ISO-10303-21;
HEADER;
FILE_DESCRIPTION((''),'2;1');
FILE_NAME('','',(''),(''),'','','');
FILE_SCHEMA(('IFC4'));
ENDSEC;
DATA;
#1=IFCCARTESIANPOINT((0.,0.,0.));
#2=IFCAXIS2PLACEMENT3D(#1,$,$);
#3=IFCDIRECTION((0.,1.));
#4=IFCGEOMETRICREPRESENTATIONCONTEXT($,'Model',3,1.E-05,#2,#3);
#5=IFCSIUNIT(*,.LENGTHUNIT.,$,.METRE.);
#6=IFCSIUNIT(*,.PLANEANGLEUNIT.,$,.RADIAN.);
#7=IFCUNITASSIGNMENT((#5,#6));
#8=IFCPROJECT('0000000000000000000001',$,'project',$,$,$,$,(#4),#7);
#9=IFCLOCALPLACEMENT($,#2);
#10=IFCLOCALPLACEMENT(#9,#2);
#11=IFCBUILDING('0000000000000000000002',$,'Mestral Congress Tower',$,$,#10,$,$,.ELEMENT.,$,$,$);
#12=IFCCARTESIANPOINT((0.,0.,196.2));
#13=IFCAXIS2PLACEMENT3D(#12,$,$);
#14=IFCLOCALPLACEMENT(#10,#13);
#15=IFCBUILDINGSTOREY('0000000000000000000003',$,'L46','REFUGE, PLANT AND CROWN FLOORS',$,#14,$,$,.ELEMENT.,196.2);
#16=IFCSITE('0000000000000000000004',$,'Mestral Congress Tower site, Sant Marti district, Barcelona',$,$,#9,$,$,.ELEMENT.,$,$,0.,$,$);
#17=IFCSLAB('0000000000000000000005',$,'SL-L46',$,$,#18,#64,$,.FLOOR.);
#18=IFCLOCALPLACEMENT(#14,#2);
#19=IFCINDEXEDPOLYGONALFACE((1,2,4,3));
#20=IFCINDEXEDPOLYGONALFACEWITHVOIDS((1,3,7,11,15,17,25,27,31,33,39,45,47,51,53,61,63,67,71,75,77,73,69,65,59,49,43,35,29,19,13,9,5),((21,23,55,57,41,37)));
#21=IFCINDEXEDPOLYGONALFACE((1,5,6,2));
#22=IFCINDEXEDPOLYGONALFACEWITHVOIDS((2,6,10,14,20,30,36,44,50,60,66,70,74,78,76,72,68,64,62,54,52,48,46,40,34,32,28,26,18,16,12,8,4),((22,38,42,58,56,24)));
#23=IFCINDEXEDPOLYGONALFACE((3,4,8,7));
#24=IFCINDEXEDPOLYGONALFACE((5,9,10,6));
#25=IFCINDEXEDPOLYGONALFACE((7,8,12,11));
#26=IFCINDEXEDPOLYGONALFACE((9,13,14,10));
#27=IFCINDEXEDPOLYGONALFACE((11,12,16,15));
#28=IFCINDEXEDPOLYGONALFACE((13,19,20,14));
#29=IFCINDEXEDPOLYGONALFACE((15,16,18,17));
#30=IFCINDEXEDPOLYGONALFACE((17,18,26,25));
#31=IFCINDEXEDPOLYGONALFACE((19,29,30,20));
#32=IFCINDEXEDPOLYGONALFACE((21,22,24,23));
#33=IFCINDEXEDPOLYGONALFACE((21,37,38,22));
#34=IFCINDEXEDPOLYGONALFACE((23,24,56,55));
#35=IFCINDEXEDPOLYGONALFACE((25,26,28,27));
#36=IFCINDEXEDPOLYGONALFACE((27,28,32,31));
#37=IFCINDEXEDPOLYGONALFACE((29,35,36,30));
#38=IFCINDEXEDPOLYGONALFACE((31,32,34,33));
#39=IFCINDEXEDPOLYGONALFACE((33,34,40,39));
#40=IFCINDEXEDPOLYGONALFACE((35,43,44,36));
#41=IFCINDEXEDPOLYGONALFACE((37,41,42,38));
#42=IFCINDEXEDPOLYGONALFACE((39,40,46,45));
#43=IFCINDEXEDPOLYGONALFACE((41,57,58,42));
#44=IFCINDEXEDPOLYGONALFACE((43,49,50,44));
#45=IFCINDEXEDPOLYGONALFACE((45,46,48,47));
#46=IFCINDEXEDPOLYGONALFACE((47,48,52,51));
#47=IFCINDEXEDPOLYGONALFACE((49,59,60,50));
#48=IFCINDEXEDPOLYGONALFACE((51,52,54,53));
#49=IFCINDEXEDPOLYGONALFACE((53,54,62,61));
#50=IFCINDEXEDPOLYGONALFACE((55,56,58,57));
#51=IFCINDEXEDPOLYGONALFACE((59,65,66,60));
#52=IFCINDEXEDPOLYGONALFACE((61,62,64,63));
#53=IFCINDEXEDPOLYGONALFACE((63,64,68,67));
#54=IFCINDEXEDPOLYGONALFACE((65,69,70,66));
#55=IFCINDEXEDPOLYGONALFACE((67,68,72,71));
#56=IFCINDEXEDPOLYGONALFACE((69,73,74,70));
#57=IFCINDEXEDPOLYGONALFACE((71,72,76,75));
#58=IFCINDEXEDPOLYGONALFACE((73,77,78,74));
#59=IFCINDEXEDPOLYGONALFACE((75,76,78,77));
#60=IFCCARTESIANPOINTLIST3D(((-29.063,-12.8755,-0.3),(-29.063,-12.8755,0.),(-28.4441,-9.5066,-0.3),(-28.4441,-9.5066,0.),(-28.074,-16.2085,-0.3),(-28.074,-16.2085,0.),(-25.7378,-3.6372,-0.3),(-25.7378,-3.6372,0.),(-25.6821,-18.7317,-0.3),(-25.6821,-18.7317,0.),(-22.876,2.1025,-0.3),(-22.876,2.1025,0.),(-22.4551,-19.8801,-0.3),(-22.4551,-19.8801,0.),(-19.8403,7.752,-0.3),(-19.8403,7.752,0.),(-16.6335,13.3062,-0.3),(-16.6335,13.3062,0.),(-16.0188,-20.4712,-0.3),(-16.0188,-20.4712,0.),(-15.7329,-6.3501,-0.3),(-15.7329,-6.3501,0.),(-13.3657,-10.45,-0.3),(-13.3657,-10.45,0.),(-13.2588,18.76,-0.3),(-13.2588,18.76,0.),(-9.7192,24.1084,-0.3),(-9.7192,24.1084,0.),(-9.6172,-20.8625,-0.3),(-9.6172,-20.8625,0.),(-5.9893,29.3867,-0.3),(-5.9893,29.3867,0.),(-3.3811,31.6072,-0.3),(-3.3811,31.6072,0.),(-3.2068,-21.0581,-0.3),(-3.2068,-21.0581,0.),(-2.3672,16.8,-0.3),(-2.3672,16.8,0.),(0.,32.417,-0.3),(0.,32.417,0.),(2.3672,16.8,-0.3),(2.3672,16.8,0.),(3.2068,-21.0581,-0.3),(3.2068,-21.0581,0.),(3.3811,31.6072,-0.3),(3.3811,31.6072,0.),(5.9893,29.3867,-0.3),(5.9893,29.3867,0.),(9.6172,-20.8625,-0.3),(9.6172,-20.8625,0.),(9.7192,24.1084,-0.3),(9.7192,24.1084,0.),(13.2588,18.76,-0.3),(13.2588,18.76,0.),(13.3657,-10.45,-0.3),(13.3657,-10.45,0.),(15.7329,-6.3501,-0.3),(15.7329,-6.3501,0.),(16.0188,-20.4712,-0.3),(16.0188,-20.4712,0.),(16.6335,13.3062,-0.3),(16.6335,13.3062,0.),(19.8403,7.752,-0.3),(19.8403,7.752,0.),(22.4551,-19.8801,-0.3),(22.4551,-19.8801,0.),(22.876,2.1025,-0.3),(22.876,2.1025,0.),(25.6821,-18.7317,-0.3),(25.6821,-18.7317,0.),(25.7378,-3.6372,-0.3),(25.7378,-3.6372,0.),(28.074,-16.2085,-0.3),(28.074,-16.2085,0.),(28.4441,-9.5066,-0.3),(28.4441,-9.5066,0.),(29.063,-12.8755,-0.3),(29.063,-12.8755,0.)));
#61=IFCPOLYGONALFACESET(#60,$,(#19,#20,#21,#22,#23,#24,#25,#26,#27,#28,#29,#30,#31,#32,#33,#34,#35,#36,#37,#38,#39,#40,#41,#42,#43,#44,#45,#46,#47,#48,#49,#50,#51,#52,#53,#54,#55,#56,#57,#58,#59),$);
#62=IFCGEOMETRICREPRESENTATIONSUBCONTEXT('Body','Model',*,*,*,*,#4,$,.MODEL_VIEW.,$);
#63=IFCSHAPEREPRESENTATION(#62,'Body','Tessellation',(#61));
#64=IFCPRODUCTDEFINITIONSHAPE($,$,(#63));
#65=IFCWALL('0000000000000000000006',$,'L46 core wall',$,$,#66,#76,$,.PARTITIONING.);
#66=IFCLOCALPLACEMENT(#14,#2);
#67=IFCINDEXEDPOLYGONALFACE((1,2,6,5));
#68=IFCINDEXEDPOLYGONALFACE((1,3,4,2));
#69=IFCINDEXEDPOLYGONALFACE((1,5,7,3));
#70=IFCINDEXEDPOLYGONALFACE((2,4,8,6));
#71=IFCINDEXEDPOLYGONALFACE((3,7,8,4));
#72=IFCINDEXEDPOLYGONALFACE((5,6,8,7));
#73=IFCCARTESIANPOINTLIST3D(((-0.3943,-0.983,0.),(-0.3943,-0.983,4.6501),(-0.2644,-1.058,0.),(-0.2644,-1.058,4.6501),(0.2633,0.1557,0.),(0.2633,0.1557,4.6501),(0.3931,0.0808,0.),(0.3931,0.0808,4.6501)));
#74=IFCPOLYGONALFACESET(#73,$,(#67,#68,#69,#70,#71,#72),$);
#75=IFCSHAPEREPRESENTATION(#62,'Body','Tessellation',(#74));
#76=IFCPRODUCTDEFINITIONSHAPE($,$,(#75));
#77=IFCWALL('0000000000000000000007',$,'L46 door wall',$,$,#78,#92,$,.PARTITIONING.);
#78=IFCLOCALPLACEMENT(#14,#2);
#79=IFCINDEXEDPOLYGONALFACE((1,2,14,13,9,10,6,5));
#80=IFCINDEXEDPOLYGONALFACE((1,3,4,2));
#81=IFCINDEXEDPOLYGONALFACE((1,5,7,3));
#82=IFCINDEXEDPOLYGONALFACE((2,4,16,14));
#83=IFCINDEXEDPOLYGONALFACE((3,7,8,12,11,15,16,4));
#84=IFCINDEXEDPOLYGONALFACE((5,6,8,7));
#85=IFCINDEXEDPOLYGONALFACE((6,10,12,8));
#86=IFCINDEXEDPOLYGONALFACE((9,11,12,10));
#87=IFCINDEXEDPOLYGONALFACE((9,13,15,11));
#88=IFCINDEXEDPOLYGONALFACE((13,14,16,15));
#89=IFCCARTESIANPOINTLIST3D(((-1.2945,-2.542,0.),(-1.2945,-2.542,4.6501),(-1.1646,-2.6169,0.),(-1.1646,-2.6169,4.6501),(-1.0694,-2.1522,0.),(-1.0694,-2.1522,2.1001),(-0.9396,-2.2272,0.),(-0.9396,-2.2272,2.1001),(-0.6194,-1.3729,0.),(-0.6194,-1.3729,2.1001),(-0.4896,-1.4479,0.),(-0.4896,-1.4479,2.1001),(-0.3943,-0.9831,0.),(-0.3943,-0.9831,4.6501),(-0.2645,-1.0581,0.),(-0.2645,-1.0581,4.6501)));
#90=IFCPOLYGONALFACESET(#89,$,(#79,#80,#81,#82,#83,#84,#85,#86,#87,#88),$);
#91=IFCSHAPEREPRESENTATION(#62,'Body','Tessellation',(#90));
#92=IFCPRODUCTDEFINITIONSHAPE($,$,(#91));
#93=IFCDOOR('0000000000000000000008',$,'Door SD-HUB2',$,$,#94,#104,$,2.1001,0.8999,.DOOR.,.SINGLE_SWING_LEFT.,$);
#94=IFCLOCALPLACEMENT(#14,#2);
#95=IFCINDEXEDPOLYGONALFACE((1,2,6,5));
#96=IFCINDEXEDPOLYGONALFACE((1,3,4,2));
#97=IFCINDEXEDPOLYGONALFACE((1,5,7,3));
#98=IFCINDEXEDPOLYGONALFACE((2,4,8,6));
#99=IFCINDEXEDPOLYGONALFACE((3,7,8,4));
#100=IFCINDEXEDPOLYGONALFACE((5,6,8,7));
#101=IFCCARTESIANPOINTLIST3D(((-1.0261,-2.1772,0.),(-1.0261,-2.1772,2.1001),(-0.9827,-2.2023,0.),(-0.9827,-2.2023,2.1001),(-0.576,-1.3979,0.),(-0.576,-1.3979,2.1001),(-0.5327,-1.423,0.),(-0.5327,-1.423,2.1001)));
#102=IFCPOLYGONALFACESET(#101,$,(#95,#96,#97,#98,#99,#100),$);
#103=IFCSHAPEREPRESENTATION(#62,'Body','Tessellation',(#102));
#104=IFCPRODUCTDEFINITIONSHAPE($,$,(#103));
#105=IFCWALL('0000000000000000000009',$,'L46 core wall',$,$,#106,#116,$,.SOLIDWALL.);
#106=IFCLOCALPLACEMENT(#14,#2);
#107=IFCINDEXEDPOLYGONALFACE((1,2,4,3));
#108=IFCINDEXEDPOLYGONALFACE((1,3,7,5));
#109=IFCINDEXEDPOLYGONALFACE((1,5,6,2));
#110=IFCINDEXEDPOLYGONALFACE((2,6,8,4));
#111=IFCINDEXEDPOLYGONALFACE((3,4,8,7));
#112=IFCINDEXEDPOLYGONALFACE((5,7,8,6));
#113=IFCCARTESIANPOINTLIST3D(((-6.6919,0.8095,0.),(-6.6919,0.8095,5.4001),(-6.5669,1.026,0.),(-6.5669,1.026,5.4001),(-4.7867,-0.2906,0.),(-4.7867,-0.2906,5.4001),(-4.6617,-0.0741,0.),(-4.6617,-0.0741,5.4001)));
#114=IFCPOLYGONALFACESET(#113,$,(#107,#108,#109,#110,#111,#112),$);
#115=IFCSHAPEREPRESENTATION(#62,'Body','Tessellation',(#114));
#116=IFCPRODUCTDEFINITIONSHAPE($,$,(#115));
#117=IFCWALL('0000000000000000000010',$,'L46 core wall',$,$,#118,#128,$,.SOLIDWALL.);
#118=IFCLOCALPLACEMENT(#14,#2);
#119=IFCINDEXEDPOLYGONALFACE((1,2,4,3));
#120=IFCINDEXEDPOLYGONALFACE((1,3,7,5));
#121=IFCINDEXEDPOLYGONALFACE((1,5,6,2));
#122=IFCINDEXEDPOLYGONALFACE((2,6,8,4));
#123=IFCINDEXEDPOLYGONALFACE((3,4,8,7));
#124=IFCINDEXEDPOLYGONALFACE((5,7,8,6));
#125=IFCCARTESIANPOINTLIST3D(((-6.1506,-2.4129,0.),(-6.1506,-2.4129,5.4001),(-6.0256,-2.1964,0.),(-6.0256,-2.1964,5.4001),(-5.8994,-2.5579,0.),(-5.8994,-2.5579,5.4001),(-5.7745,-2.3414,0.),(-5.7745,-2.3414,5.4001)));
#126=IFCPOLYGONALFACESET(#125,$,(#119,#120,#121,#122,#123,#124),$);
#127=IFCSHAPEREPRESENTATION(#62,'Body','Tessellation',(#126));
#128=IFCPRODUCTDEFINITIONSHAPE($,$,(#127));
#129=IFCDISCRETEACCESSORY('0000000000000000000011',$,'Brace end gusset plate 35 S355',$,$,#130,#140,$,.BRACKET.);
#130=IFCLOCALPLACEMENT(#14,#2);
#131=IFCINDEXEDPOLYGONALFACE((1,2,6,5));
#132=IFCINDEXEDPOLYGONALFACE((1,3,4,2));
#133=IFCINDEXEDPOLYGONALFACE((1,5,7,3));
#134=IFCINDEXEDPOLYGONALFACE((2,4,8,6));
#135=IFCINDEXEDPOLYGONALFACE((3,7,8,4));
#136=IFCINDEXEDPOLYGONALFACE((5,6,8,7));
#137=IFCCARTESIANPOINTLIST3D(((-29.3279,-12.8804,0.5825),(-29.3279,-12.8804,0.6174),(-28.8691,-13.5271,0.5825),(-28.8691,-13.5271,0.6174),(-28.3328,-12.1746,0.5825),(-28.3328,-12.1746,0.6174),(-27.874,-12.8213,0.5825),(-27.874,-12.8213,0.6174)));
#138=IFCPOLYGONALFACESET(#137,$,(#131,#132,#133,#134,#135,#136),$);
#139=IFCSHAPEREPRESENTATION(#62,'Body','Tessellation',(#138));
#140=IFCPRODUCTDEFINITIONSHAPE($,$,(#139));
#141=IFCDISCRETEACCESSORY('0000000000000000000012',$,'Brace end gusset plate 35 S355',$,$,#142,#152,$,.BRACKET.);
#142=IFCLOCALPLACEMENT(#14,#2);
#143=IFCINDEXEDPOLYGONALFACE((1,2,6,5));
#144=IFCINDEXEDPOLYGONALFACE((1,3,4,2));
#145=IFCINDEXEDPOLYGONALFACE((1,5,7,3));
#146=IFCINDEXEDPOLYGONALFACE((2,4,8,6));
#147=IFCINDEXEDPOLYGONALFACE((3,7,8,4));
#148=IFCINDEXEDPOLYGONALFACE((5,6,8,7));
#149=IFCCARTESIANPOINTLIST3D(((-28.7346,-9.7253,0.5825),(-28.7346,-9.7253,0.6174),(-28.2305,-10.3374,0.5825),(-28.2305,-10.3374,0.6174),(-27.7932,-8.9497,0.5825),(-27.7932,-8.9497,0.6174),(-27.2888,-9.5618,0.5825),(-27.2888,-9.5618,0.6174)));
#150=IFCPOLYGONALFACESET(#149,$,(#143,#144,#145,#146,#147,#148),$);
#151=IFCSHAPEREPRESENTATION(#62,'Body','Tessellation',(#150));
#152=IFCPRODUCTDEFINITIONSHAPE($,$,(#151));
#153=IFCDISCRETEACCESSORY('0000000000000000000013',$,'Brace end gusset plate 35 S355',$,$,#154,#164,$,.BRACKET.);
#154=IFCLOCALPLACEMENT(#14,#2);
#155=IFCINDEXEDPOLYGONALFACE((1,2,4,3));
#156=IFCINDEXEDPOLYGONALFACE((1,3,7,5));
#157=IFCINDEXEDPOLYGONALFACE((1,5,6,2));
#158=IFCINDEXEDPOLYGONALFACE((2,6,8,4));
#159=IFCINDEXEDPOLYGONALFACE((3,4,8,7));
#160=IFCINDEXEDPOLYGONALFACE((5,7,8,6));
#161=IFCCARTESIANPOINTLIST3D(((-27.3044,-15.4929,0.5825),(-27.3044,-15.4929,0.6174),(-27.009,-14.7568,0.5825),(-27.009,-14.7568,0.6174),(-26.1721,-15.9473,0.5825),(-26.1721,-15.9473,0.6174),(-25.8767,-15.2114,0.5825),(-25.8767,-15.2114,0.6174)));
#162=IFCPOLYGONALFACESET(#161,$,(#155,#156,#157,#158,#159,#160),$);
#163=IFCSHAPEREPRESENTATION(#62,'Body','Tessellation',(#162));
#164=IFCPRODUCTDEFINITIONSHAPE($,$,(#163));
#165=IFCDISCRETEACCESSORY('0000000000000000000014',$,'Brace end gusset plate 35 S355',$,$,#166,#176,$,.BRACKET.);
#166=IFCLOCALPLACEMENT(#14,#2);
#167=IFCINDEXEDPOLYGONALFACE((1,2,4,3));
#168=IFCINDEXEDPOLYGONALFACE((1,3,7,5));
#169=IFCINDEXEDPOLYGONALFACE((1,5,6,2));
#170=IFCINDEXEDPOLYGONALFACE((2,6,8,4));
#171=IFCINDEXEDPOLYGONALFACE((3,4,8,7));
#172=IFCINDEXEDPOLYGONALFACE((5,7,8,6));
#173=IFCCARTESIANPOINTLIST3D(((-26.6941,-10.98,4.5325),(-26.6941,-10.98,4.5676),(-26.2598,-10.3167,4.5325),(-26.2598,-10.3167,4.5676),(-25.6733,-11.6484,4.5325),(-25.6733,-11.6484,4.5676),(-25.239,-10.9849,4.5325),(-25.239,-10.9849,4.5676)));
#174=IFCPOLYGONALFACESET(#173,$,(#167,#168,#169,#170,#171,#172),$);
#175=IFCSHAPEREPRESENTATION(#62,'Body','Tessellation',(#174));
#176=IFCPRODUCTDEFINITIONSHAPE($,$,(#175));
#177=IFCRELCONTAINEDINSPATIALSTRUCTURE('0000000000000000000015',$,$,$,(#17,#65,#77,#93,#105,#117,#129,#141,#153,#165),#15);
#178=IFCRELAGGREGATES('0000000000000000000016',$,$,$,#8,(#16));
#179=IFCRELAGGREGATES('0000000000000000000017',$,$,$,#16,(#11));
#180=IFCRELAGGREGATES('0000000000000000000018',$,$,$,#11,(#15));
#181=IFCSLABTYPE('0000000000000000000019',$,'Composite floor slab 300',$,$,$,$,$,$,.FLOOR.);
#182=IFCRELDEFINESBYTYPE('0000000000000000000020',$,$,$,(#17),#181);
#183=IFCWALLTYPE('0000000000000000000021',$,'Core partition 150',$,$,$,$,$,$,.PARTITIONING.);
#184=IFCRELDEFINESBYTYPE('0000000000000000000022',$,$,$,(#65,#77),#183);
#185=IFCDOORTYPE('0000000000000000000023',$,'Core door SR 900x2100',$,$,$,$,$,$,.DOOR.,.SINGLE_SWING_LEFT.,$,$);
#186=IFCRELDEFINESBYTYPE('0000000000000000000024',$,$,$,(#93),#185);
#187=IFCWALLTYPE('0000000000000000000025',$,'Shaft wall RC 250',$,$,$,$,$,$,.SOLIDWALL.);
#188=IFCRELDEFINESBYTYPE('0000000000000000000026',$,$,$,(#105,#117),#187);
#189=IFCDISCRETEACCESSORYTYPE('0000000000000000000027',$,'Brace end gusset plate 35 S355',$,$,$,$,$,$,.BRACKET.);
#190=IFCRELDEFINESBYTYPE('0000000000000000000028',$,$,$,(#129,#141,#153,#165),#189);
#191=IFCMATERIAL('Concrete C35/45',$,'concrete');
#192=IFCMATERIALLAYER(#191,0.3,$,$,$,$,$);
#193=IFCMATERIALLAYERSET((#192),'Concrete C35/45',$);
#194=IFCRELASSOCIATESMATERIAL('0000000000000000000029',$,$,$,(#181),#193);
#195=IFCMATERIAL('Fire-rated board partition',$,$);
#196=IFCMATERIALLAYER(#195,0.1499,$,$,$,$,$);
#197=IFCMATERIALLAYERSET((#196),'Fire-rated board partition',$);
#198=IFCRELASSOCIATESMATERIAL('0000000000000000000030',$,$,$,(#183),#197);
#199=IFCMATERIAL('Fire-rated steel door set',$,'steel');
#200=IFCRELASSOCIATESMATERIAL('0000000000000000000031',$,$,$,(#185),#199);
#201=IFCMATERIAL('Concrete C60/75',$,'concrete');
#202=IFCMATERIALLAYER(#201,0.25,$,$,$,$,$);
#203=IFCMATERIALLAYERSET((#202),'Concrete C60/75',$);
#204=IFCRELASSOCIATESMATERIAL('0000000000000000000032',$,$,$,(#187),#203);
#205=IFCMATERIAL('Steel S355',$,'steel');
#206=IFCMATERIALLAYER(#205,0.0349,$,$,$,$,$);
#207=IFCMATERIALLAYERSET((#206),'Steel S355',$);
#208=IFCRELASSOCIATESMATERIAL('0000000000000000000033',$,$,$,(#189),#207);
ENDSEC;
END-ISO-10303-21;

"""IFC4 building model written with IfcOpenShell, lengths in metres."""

from ifc_helpers import new_model, si_unit, direction, frame, frame_2d, origin, place, context, subcontext, project, spatial, polyline, rectangle, outline, extrude, material, layer, layer_set, type_object, element, fill, save


model = new_model("IFC4")

# Units and contexts
model_context = context("Model", 3, precision=1e-05, world=origin(), true_north=direction((0.0, 1.0)))
body_context = subcontext(model_context, "Body", "Model", "MODEL_VIEW")
ifc_project = project(units=[si_unit("LENGTHUNIT", "METRE"), si_unit("PLANEANGLEUNIT", "RADIAN")], contexts=[model_context])

# Site, building, storey
site_placement = place(None, origin())
site = spatial("IfcSite", under=ifc_project, at=site_placement, Name="Mestral Congress Tower site, Sant Marti district, Barcelona", CompositionType="ELEMENT", RefElevation=0.0)
building_placement = place(site_placement, origin())
building = spatial("IfcBuilding", under=site, at=building_placement, Name="Mestral Congress Tower", CompositionType="ELEMENT")
storey_placement = place(building_placement, frame((0.0, 0.0, 196.2)))
storey = spatial("IfcBuildingStorey", under=building, at=storey_placement, Name="L46", Description="REFUGE, PLANT AND CROWN FLOORS", CompositionType="ELEMENT", Elevation=196.2)

# Slab
ifc_material_1 = material(Name="Concrete C35/45", Category="concrete")
ifc_layer_1 = layer(ifc_material_1, 0.3)
ifc_layer_set_1 = layer_set([ifc_layer_1], Name="Concrete C35/45")
slab_type = type_object("IfcSlabType", Name="Composite floor slab 300", PredefinedType="FLOOR", material=ifc_layer_set_1)
slab_placement = place(storey_placement, frame((0.0, 0.0, -0.3)))
element("IfcSlab", 1, at=slab_placement, inside=storey, type_object=slab_type, Name="SL-L46", PredefinedType="FLOOR", context=body_context, shape_type="SweptSolid", body=[
    extrude(outline(polyline([(-22.4551, -19.8801), (-25.6821, -18.7317), (-28.074, -16.2085), (-29.063, -12.8755), (-28.4441, -9.5066), (-25.7378, -3.6372), (-22.876, 2.1025), (-19.8403, 7.752), (-16.6335, 13.3062), (-13.2588, 18.76), (-9.7192, 24.1084), (-5.9893, 29.3867), (-3.3811, 31.6072), (0.0, 32.417), (3.3811, 31.6072), (5.9893, 29.3867), (9.7192, 24.1084), (13.2588, 18.76), (16.6335, 13.3062), (19.8403, 7.752), (22.876, 2.1025), (25.7378, -3.6372), (28.4441, -9.5066), (29.063, -12.8755), (28.074, -16.2085), (25.6821, -18.7317), (22.4551, -19.8801), (16.0188, -20.4712), (9.6172, -20.8625), (3.2068, -21.0581), (-3.2068, -21.0581), (-9.6172, -20.8625), (-16.0188, -20.4712), (-22.4551, -19.8801)]), holes=[polyline([(-2.3672, 16.8), (-15.7329, -6.3501), (-13.3657, -10.45), (13.3657, -10.45), (15.7329, -6.3501), (2.3672, 16.8), (-2.3672, 16.8)])]), origin(), (0.0, 0.0, 1.0), 0.3),
])

# Wall
ifc_material_2 = material(Name="Fire-rated board partition")
ifc_layer_2 = layer(ifc_material_2, 0.1499)
ifc_layer_set_2 = layer_set([ifc_layer_2], Name="Fire-rated board partition")
wall_type_1 = type_object("IfcWallType", Name="Core partition 150", PredefinedType="PARTITIONING", material=ifc_layer_set_2)
wall_1_placement = place(storey_placement, frame((-0.3293, -1.0205, 0.0), z_axis=(0.0, 0.0, 1.0), x_axis=(0.500033, 0.866006, 0.0)))
element("IfcWall", 2, at=wall_1_placement, inside=storey, type_object=wall_type_1, Name="L46 core wall", PredefinedType="PARTITIONING", context=body_context, shape_type="SweptSolid", body=[
    extrude(rectangle(XDim=1.3149, YDim=0.1499, at=frame_2d((0.6575, 0.0))), origin(), (0.0, 0.0, 1.0), 4.6501),
])

# Wall, opening, door
wall_2_placement = place(storey_placement, frame((-1.2295, -2.5793, 0.0), z_axis=(0.0, 0.0, 1.0), x_axis=(0.500063, 0.865989, 0.0)))
wall_2 = element("IfcWall", 3, at=wall_2_placement, inside=storey, type_object=wall_type_1, Name="L46 door wall", PredefinedType="PARTITIONING", context=body_context, shape_type="SweptSolid", body=[
    extrude(rectangle(XDim=1.8, YDim=0.1499, at=frame_2d((0.8999, 0.0))), origin(), (0.0, 0.0, 1.0), 4.6501),
])
opening_placement = place(wall_2_placement, frame((0.45, 0.0, 0.0)))
opening = element("IfcOpeningElement", 4, at=opening_placement, cuts=wall_2, PredefinedType="OPENING", context=body_context, shape_type="SweptSolid", body=[
    extrude(rectangle(XDim=0.8999, YDim=2.1001, at=frame_2d((0.45, 1.05))), frame((0.0, 0.085, 0.0), z_axis=(0.0, -1.0, 0.0), x_axis=(1.0, 0.0, 0.0)), (0.0, 0.0, 1.0), 0.1699),
])
ifc_material_3 = material(Name="Fire-rated steel door set", Category="steel")
door_type = type_object("IfcDoorType", Name="Core door SR 900x2100", OperationType="SINGLE_SWING_LEFT", PredefinedType="DOOR", material=ifc_material_3)
door_placement = place(opening_placement, origin())
door = element("IfcDoor", 5, at=door_placement, inside=storey, type_object=door_type, Name="Door SD-HUB2", OperationType="SINGLE_SWING_LEFT", OverallHeight=2.1001, OverallWidth=0.8999, PredefinedType="DOOR", context=body_context, shape_type="SweptSolid", body=[
    extrude(rectangle(XDim=0.8999, YDim=2.1001, at=frame_2d((0.45, 1.05))), frame((0.0, 0.0249, 0.0), z_axis=(0.0, -1.0, 0.0), x_axis=(1.0, 0.0, 0.0)), (0.0, 0.0, 1.0), 0.05),
])
fill(opening, door)

# Walls
ifc_material_4 = material(Name="Concrete C60/75", Category="concrete")
ifc_layer_3 = layer(ifc_material_4, 0.25)
ifc_layer_set_3 = layer_set([ifc_layer_3], Name="Concrete C60/75")
wall_type_2 = type_object("IfcWallType", Name="Shaft wall RC 250", PredefinedType="SOLIDWALL", material=ifc_layer_set_3)
wall_3_placement = place(storey_placement, frame((-4.7241, -0.1824, 0.0), z_axis=(0.0, 0.0, 1.0), x_axis=(-0.866008, 0.50003, 0.0)))
element("IfcWall", 6, at=wall_3_placement, inside=storey, type_object=wall_type_2, Name="L46 core wall", PredefinedType="SOLIDWALL", context=body_context, shape_type="SweptSolid", body=[
    extrude(rectangle(XDim=2.2, YDim=0.25, at=frame_2d((1.1001, 0.0))), origin(), (0.0, 0.0, 1.0), 5.4001),
])
wall_4_placement = place(storey_placement, frame((-6.0881, -2.3047, 0.0), z_axis=(0.0, 0.0, 1.0), x_axis=(0.866059, -0.499941, 0.0)))
element("IfcWall", 7, at=wall_4_placement, inside=storey, type_object=wall_type_2, Name="L46 core wall", PredefinedType="SOLIDWALL", context=body_context, shape_type="SweptSolid", body=[
    extrude(rectangle(XDim=0.29, YDim=0.25, at=frame_2d((0.145, 0.0))), origin(), (0.0, 0.0, 1.0), 5.4001),
])

# Discrete accessories
ifc_material_5 = material(Name="Steel S355", Category="steel")
ifc_layer_4 = layer(ifc_material_5, 0.0349)
ifc_layer_set_4 = layer_set([ifc_layer_4], Name="Steel S355")
discrete_accessory_type = type_object("IfcDiscreteAccessoryType", Name="Brace end gusset plate 35 S355", PredefinedType="BRACKET", material=ifc_layer_set_4)
placement_1 = place(storey_placement, frame((0.0, 0.0, 0.5825)))
element("IfcDiscreteAccessory", 8, at=placement_1, inside=storey, type_object=discrete_accessory_type, Name="Brace end gusset plate 35 S355", PredefinedType="BRACKET", context=body_context, shape_type="SweptSolid", body=[
    extrude(outline(polyline([(-28.8691, -13.5271), (-27.874, -12.8213), (-28.3328, -12.1746), (-29.3279, -12.8804), (-28.8691, -13.5271)])), origin(), (0.0, 0.0, 1.0), 0.0349),
])
element("IfcDiscreteAccessory", 9, at=placement_1, inside=storey, type_object=discrete_accessory_type, Name="Brace end gusset plate 35 S355", PredefinedType="BRACKET", context=body_context, shape_type="SweptSolid", body=[
    extrude(outline(polyline([(-28.2305, -10.3374), (-27.2888, -9.5618), (-27.7932, -8.9497), (-28.7346, -9.7253), (-28.2305, -10.3374)])), origin(), (0.0, 0.0, 1.0), 0.0349),
])
element("IfcDiscreteAccessory", 10, at=placement_1, inside=storey, type_object=discrete_accessory_type, Name="Brace end gusset plate 35 S355", PredefinedType="BRACKET", context=body_context, shape_type="SweptSolid", body=[
    extrude(outline(polyline([(-27.3044, -15.4929), (-26.1721, -15.9473), (-25.8767, -15.2114), (-27.009, -14.7568), (-27.3044, -15.4929)])), origin(), (0.0, 0.0, 1.0), 0.0349),
])
placement_2 = place(storey_placement, frame((0.0, 0.0, 4.5325)))
element("IfcDiscreteAccessory", 11, at=placement_2, inside=storey, type_object=discrete_accessory_type, Name="Brace end gusset plate 35 S355", PredefinedType="BRACKET", context=body_context, shape_type="SweptSolid", body=[
    extrude(outline(polyline([(-25.239, -10.9849), (-26.2598, -10.3167), (-26.6941, -10.98), (-25.6733, -11.6484), (-25.239, -10.9849)])), origin(), (0.0, 0.0, 1.0), 0.0352),
])

save(model, "model.ifc")
